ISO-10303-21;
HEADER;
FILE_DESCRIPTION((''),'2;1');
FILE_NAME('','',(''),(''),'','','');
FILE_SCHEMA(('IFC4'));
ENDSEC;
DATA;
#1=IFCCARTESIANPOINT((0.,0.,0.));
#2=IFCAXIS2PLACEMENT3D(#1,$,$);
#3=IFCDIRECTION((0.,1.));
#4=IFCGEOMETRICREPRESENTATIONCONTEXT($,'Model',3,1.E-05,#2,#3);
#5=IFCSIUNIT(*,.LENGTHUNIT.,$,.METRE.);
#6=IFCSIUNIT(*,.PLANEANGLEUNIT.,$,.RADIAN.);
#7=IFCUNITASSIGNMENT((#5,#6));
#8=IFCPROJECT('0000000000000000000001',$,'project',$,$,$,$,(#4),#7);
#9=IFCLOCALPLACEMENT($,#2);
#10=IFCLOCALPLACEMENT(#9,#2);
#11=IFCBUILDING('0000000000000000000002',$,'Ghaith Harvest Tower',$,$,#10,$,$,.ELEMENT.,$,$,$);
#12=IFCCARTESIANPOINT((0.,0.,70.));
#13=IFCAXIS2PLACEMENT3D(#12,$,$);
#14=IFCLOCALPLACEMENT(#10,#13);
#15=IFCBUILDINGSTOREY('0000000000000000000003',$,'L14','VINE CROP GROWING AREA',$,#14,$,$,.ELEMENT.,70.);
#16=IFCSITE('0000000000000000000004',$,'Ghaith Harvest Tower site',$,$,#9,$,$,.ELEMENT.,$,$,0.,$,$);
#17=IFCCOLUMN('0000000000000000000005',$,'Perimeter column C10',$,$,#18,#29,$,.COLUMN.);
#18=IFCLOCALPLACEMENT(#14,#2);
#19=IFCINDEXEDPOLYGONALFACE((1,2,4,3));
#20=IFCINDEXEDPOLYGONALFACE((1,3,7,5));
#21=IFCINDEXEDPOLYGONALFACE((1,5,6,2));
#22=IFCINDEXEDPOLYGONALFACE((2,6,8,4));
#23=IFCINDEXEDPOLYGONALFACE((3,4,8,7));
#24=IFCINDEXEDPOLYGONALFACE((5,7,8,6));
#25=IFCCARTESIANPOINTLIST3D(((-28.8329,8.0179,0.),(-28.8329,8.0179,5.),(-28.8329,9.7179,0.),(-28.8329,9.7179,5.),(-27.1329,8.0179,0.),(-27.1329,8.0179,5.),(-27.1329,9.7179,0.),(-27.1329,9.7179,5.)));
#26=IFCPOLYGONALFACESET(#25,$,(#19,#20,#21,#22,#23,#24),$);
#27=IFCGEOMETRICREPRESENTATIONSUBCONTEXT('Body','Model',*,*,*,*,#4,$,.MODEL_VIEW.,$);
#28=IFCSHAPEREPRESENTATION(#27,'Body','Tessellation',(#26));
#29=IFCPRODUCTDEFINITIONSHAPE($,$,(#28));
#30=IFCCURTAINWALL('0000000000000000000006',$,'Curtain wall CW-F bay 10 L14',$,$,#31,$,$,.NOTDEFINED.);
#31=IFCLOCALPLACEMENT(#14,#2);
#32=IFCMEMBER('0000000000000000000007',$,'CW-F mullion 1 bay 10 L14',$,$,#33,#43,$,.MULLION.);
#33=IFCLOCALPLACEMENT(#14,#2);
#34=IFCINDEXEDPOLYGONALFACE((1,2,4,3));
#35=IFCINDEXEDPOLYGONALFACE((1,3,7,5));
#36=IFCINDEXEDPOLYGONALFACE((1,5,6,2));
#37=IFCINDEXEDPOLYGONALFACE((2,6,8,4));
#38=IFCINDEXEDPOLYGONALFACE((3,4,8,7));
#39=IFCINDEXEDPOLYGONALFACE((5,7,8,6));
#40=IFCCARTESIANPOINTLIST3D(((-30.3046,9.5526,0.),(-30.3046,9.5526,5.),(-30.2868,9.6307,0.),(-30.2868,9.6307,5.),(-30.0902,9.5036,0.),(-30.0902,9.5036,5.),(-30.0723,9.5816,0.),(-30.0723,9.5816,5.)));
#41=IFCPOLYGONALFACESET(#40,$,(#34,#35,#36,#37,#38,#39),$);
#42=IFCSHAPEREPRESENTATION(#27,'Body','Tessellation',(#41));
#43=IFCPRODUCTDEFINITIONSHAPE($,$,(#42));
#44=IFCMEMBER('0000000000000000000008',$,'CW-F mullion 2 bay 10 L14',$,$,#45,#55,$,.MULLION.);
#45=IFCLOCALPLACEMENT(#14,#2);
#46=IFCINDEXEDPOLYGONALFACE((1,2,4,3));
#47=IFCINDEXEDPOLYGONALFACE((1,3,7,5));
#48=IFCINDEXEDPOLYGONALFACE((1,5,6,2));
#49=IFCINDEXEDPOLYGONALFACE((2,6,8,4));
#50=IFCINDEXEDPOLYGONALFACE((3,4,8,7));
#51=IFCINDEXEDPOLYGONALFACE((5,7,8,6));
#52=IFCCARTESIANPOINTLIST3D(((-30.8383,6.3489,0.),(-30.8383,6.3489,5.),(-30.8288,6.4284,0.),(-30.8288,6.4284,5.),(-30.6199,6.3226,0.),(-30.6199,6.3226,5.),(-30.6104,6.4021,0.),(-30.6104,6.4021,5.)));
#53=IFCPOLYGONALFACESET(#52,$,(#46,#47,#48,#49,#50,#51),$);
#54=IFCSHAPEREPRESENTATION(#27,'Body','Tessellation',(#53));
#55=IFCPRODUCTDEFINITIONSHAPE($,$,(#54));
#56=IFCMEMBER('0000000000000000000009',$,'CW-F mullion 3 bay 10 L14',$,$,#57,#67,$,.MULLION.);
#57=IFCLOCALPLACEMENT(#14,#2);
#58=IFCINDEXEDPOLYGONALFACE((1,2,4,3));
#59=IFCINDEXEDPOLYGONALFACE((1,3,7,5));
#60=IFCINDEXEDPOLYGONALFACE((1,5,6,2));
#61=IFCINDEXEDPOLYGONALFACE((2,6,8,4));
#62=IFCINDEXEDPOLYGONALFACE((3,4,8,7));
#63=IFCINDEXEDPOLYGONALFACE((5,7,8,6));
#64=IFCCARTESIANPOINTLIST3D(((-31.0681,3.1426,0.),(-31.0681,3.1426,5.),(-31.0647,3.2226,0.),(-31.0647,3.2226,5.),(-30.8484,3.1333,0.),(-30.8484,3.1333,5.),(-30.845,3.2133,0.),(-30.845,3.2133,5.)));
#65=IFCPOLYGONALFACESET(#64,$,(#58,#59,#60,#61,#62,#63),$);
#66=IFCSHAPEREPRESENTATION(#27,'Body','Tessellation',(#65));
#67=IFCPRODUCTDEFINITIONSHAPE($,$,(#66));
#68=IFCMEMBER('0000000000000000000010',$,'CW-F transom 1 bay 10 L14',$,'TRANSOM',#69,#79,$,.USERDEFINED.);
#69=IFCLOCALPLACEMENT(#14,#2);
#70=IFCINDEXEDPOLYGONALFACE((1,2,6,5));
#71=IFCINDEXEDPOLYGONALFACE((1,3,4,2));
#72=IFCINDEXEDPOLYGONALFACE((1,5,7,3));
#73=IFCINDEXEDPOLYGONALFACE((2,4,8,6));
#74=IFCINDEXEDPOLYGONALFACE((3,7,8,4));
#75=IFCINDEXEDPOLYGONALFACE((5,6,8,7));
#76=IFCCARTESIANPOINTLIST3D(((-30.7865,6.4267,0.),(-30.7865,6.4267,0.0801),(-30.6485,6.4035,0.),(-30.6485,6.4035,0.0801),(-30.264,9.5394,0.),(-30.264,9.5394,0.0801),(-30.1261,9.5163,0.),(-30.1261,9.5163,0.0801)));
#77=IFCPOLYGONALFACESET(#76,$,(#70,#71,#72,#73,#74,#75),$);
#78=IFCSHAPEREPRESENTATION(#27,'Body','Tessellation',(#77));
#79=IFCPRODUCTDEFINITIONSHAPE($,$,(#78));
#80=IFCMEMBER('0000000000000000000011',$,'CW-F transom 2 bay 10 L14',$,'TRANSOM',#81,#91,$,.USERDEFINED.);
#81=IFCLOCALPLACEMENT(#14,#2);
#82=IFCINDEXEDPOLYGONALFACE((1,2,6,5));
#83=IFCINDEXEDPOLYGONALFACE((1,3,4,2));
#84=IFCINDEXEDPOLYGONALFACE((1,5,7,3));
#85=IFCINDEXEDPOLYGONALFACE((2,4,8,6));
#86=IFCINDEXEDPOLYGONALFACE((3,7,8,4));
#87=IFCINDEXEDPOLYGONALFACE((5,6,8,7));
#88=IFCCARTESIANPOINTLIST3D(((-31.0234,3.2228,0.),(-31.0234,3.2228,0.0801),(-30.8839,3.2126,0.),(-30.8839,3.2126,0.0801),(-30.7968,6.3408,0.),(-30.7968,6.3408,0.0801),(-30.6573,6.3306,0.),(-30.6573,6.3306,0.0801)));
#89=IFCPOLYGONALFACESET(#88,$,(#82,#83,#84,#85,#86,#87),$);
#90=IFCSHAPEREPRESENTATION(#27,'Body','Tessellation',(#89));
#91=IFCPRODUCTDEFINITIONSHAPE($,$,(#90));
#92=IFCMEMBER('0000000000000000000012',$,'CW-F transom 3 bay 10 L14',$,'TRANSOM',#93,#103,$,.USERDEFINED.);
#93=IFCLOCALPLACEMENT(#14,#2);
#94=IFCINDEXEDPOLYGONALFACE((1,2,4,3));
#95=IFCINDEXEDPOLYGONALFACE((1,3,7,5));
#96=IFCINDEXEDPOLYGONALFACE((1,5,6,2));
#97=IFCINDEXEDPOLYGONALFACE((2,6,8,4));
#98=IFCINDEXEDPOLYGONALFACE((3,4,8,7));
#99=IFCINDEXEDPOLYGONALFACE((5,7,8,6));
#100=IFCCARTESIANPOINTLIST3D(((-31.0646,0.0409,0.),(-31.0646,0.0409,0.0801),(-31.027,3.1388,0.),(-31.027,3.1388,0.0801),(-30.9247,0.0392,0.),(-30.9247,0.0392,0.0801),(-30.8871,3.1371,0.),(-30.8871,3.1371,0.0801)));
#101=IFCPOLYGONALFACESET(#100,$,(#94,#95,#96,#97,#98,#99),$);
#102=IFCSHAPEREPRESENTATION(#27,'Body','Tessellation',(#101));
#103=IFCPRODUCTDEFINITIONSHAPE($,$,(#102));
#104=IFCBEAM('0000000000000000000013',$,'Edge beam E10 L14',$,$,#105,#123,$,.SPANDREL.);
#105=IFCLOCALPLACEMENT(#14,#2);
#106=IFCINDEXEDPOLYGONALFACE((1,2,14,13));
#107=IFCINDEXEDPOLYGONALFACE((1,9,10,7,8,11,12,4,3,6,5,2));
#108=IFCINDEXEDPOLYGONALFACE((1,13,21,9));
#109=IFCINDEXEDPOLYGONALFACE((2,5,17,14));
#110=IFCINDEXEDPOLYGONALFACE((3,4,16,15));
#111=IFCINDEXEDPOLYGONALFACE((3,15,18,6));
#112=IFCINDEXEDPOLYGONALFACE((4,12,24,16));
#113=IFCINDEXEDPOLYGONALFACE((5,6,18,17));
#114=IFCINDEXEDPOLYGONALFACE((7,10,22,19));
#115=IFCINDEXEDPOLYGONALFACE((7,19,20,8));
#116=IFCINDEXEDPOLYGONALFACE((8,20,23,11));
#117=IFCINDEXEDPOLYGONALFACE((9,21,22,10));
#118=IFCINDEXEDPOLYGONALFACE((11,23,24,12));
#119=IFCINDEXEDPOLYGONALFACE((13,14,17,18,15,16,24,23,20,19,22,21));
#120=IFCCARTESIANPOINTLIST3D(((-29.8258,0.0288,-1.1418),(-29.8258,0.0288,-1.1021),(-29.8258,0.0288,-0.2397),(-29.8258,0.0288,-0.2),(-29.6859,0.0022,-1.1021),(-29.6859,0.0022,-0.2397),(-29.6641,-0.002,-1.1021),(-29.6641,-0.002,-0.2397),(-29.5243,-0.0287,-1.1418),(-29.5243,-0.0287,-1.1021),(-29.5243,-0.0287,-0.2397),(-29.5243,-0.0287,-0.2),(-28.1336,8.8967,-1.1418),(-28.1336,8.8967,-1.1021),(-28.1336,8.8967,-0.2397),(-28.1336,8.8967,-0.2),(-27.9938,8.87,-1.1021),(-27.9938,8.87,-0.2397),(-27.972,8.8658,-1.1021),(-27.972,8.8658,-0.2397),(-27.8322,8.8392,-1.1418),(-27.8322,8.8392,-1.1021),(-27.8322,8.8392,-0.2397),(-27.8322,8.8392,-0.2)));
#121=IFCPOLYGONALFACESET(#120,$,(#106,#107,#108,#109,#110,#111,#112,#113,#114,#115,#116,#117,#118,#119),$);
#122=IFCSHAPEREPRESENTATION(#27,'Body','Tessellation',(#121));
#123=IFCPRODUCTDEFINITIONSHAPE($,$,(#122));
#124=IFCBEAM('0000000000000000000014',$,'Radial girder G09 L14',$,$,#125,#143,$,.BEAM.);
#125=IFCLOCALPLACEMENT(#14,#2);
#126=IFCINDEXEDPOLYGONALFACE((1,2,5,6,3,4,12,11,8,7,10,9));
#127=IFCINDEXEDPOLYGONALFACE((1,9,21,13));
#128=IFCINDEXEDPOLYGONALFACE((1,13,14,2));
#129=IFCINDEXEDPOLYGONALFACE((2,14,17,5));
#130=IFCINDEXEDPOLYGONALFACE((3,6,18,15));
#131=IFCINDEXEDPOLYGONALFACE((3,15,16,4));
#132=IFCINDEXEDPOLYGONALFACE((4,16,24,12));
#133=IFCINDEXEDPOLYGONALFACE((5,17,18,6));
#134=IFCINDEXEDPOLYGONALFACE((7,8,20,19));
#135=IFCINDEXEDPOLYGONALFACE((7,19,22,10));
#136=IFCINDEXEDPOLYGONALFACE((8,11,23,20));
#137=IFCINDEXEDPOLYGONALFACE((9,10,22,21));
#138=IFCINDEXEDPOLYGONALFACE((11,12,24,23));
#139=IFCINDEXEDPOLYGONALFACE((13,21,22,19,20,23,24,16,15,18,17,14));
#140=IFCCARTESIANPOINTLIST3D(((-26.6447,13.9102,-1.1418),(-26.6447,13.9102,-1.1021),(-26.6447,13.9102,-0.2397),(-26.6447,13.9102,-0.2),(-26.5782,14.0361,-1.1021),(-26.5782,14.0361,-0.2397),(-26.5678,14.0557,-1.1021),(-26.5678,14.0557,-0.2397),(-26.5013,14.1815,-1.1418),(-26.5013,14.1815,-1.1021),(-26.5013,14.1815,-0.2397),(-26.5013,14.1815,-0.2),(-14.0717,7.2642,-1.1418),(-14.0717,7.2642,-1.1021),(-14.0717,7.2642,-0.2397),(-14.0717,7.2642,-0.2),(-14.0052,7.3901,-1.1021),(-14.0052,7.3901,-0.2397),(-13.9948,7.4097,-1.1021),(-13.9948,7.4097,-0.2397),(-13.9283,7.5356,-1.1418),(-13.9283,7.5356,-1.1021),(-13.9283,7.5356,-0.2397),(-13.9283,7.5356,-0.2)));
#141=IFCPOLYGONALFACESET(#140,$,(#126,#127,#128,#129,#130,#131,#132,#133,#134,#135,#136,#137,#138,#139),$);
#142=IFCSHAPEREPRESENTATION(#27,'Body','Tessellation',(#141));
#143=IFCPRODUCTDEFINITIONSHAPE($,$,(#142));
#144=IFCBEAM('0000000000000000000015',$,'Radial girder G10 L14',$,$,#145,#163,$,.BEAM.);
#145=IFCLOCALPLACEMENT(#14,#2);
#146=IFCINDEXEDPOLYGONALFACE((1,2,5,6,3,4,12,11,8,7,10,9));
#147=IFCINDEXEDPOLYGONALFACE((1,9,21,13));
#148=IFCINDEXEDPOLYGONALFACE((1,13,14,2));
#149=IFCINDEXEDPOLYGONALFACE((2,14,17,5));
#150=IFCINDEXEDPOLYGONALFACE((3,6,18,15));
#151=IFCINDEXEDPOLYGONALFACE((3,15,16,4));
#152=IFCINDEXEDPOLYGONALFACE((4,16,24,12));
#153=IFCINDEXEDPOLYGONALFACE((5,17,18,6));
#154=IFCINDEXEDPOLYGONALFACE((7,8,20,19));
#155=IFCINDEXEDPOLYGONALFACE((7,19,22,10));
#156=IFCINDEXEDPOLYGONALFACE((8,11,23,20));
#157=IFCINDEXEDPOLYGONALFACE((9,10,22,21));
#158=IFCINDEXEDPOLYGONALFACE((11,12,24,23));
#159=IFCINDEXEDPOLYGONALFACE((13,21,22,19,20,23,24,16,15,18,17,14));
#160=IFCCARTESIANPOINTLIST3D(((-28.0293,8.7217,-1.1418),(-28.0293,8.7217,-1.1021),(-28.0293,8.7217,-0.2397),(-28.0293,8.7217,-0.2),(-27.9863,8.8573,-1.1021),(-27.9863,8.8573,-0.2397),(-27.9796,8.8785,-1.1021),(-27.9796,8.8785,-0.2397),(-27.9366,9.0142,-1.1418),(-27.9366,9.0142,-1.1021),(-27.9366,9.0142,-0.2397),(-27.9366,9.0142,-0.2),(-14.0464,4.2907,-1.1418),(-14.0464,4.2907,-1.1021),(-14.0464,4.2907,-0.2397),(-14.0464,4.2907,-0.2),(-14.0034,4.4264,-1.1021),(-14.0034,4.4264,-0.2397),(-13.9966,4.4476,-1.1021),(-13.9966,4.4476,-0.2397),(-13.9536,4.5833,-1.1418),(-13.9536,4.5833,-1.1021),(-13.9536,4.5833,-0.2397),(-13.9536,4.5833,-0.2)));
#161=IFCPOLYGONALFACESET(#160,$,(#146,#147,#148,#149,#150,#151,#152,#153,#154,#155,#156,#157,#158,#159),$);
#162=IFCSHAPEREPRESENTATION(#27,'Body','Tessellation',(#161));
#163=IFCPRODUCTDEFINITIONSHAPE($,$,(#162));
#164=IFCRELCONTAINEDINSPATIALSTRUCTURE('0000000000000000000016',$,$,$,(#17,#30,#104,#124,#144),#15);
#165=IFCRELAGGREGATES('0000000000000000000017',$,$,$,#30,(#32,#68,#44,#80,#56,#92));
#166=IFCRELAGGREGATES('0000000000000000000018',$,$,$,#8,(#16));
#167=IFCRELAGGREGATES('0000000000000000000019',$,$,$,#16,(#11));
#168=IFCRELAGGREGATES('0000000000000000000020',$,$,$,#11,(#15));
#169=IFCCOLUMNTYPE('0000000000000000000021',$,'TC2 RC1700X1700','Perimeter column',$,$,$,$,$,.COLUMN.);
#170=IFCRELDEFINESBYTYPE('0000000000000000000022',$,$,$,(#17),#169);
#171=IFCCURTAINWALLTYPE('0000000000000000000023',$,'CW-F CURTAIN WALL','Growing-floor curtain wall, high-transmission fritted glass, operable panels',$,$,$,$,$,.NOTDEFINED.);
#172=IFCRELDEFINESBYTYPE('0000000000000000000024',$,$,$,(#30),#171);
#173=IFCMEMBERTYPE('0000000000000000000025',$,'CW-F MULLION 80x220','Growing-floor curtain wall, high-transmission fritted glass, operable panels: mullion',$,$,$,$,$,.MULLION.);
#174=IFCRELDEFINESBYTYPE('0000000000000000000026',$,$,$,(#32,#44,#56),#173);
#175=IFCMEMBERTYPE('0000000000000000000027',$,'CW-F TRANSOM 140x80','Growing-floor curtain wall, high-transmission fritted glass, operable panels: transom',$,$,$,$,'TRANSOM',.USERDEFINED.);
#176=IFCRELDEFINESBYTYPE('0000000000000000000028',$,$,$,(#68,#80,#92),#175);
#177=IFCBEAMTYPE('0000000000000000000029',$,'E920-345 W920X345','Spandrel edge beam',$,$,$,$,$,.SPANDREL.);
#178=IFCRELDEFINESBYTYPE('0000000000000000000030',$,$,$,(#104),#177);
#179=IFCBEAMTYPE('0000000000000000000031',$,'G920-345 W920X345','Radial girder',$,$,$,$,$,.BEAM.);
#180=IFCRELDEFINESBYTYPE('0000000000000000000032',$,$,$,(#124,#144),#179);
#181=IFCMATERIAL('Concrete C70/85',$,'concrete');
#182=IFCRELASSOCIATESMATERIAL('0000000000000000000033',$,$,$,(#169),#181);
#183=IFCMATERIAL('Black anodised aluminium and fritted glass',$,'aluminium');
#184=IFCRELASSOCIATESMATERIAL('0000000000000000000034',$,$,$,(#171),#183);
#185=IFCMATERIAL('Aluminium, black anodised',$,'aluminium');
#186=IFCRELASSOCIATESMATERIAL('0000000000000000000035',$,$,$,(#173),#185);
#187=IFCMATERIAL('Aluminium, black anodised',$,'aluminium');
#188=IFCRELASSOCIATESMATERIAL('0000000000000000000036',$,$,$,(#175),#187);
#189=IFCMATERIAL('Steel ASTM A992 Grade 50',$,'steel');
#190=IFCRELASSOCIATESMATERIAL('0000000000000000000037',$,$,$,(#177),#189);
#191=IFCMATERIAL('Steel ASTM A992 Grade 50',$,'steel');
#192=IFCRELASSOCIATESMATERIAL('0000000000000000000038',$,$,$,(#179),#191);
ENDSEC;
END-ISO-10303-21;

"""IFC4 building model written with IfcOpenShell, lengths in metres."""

from ifc_helpers import new_model, si_unit, direction, frame, origin, origin_2d, place, context, subcontext, project, spatial, rectangle, i_section, extrude, material, material_profile, profile_set, type_object, element, aggregate, save


model = new_model("IFC4")

# Units and contexts
model_context = context("Model", 3, precision=1e-05, world=origin(), true_north=direction((0.0, 1.0)))
body_context = subcontext(model_context, "Body", "Model", "MODEL_VIEW")
ifc_project = project(units=[si_unit("LENGTHUNIT", "METRE"), si_unit("PLANEANGLEUNIT", "RADIAN")], contexts=[model_context])

# Site, building, storey
site_placement = place(None, origin())
site = spatial("IfcSite", under=ifc_project, at=site_placement, Name="Ghaith Harvest Tower site", CompositionType="ELEMENT", RefElevation=0.0)
building_placement = place(site_placement, origin())
building = spatial("IfcBuilding", under=site, at=building_placement, Name="Ghaith Harvest Tower", CompositionType="ELEMENT")
storey_placement = place(building_placement, frame((0.0, 0.0, 70.0)))
storey = spatial("IfcBuildingStorey", under=building, at=storey_placement, Name="L14", Description="VINE CROP GROWING AREA", CompositionType="ELEMENT", Elevation=70.0)

# Column
ifc_material_1 = material(Name="Concrete C70/85", Category="concrete")
ifc_material_profile_1 = material_profile(ifc_material_1, rectangle(XDim=1.7, YDim=1.7, at=origin_2d()), Name="RC1700X1700")
ifc_profile_set_1 = profile_set([ifc_material_profile_1], Name="Concrete C70/85")
column_type = type_object("IfcColumnType", Name="TC2 RC1700X1700", Description="Perimeter column", PredefinedType="COLUMN", material=ifc_profile_set_1)
column_placement = place(storey_placement, frame((-27.9829, 8.8679, 0.0), z_axis=(0.0, 0.0, 1.0), x_axis=(1.0, 0.0, 0.0)))
element("IfcColumn", 1, at=column_placement, inside=storey, type_object=column_type, Name="Perimeter column C10", PredefinedType="COLUMN", context=body_context, shape_type="SweptSolid", body=[
    extrude(rectangle(XDim=1.7, YDim=1.7, at=origin_2d()), origin(), (0.0, 0.0, 1.0), 5.0),
])

# Curtain wall, members
ifc_material_2 = material(Name="Black anodised aluminium and fritted glass", Category="aluminium")
curtain_wall_type = type_object("IfcCurtainWallType", Name="CW-F CURTAIN WALL", Description="Growing-floor curtain wall, high-transmission fritted glass, operable panels", PredefinedType="NOTDEFINED", material=ifc_material_2)
curtain_wall_1_placement = place(storey_placement, origin())
curtain_wall_1 = element("IfcCurtainWall", 2, at=curtain_wall_1_placement, inside=storey, type_object=curtain_wall_type, Name="Curtain wall CW-F bay 10 L14", PredefinedType="NOTDEFINED")
ifc_material_3 = material(Name="Aluminium, black anodised", Category="aluminium")
ifc_material_profile_2 = material_profile(ifc_material_3, rectangle(XDim=0.0801, YDim=0.22, at=origin_2d()), Name="CW-F MULLION 80x220")
ifc_profile_set_2 = profile_set([ifc_material_profile_2], Name="Aluminium, black anodised")
member_type_1 = type_object("IfcMemberType", Name="CW-F MULLION 80x220", Description="Growing-floor curtain wall, high-transmission fritted glass, operable panels: mullion", PredefinedType="MULLION", material=ifc_profile_set_2)
member_1_placement = place(storey_placement, frame((-30.1885, 9.5671, 0.0), z_axis=(0.0, 0.0, 1.0), x_axis=(-0.222967, -0.974826, 0.0)))
member_1 = element("IfcMember", 3, at=member_1_placement, type_object=member_type_1, Name="CW-F mullion 1 bay 10 L14", PredefinedType="MULLION", context=body_context, shape_type="SweptSolid", body=[
    extrude(rectangle(XDim=0.0801, YDim=0.22, at=origin_2d()), origin(), (0.0, 0.0, 1.0), 5.0),
])
member_2_placement = place(storey_placement, frame((-30.7244, 6.3755, 0.0), z_axis=(0.0, 0.0, 1.0), x_axis=(-0.119353, -0.992852, 0.0)))
member_2 = element("IfcMember", 4, at=member_2_placement, type_object=member_type_1, Name="CW-F mullion 2 bay 10 L14", PredefinedType="MULLION", context=body_context, shape_type="SweptSolid", body=[
    extrude(rectangle(XDim=0.0801, YDim=0.22, at=origin_2d()), origin(), (0.0, 0.0, 1.0), 5.0),
])
member_3_placement = place(storey_placement, frame((-30.9565, 3.178, 0.0), z_axis=(0.0, 0.0, 1.0), x_axis=(-0.042427, -0.9991, 0.0)))
member_3 = element("IfcMember", 5, at=member_3_placement, type_object=member_type_1, Name="CW-F mullion 3 bay 10 L14", PredefinedType="MULLION", context=body_context, shape_type="SweptSolid", body=[
    extrude(rectangle(XDim=0.0801, YDim=0.22, at=origin_2d()), origin(), (0.0, 0.0, 1.0), 5.0),
])
ifc_material_4 = material(Name="Aluminium, black anodised", Category="aluminium")
ifc_material_profile_3 = material_profile(ifc_material_4, rectangle(XDim=0.1399, YDim=0.0801, at=origin_2d()), Name="CW-F TRANSOM 140x80")
ifc_profile_set_3 = profile_set([ifc_material_profile_3], Name="Aluminium, black anodised")
member_type_2 = type_object("IfcMemberType", Name="CW-F TRANSOM 140x80", Description="Growing-floor curtain wall, high-transmission fritted glass, operable panels: transom", ElementType="TRANSOM", PredefinedType="USERDEFINED", material=ifc_profile_set_3)
member_4_placement = place(storey_placement, frame((-30.1951, 9.5278, 0.04), z_axis=(-0.165528, -0.986205, 0.0), x_axis=(0.986205, -0.165528, 0.0)))
member_4 = element("IfcMember", 6, at=member_4_placement, type_object=member_type_2, Name="CW-F transom 1 bay 10 L14", ObjectType="TRANSOM", PredefinedType="USERDEFINED", context=body_context, shape_type="SweptSolid", body=[
    extrude(rectangle(XDim=0.1399, YDim=0.0801, at=origin_2d()), origin(), (0.0, 0.0, 1.0), 3.1562),
])
member_5_placement = place(storey_placement, frame((-30.7271, 6.3357, 0.04), z_axis=(-0.072474, -0.99737, 0.0), x_axis=(0.99737, -0.072474, 0.0)))
member_5 = element("IfcMember", 7, at=member_5_placement, type_object=member_type_2, Name="CW-F transom 2 bay 10 L14", ObjectType="TRANSOM", PredefinedType="USERDEFINED", context=body_context, shape_type="SweptSolid", body=[
    extrude(rectangle(XDim=0.1399, YDim=0.0801, at=origin_2d()), origin(), (0.0, 0.0, 1.0), 3.1262),
])
member_6_placement = place(storey_placement, frame((-30.957, 3.1379, 0.04), z_axis=(-0.012136, -0.999926, 0.0), x_axis=(0.999926, -0.012136, 0.0)))
member_6 = element("IfcMember", 8, at=member_6_placement, type_object=member_type_2, Name="CW-F transom 3 bay 10 L14", ObjectType="TRANSOM", PredefinedType="USERDEFINED", context=body_context, shape_type="SweptSolid", body=[
    extrude(rectangle(XDim=0.1399, YDim=0.0801, at=origin_2d()), origin(), (0.0, 0.0, 1.0), 3.0981),
])

# Beams
ifc_material_5 = material(Name="Steel ASTM A992 Grade 50", Category="steel")
ifc_material_profile_4 = material_profile(ifc_material_5, i_section(OverallWidth=0.3069, OverallDepth=0.9419, WebThickness=0.0222, FlangeThickness=0.0398, at=origin_2d()), Name="W920X345")
ifc_profile_set_4 = profile_set([ifc_material_profile_4], Name="Steel ASTM A992 Grade 50")
beam_type_1 = type_object("IfcBeamType", Name="E920-345 W920X345", Description="Spandrel edge beam", PredefinedType="SPANDREL", material=ifc_profile_set_4)
beam_1_placement = place(storey_placement, frame((-27.9829, 8.8679, -0.6709), z_axis=(-0.187434, -0.982277, 0.0), x_axis=(0.982277, -0.187434, 0.0)))
element("IfcBeam", 9, at=beam_1_placement, inside=storey, type_object=beam_type_1, Name="Edge beam E10 L14", PredefinedType="SPANDREL", context=body_context, shape_type="SweptSolid", body=[
    extrude(i_section(OverallWidth=0.3069, OverallDepth=0.9419, WebThickness=0.0222, FlangeThickness=0.0398, at=origin_2d()), origin(), (0.0, 0.0, 1.0), 9.0278),
])
ifc_material_6 = material(Name="Steel ASTM A992 Grade 50", Category="steel")
ifc_material_profile_5 = material_profile(ifc_material_6, i_section(OverallWidth=0.3069, OverallDepth=0.9419, WebThickness=0.0222, FlangeThickness=0.0398, at=origin_2d()), Name="W920X345")
ifc_profile_set_5 = profile_set([ifc_material_profile_5], Name="Steel ASTM A992 Grade 50")
beam_type_2 = type_object("IfcBeamType", Name="G920-345 W920X345", Description="Radial girder", PredefinedType="BEAM", material=ifc_profile_set_5)
beam_2_placement = place(storey_placement, frame((-14.0, 7.3999, -0.6709), z_axis=(-0.884087, 0.467322, 0.0), x_axis=(-0.467322, -0.884087, 0.0)))
element("IfcBeam", 10, at=beam_2_placement, inside=storey, type_object=beam_type_2, Name="Radial girder G09 L14", PredefinedType="BEAM", context=body_context, shape_type="SweptSolid", body=[
    extrude(i_section(OverallWidth=0.3069, OverallDepth=0.9419, WebThickness=0.0222, FlangeThickness=0.0398, at=origin_2d()), origin(), (0.0, 0.0, 1.0), 14.2214),
])
beam_3_placement = place(storey_placement, frame((-14.0, 4.437, -0.6709), z_axis=(-0.953284, 0.302077, 0.0), x_axis=(-0.302077, -0.953284, 0.0)))
element("IfcBeam", 11, at=beam_3_placement, inside=storey, type_object=beam_type_2, Name="Radial girder G10 L14", PredefinedType="BEAM", context=body_context, shape_type="SweptSolid", body=[
    extrude(i_section(OverallWidth=0.3069, OverallDepth=0.9419, WebThickness=0.0222, FlangeThickness=0.0398, at=origin_2d()), origin(), (0.0, 0.0, 1.0), 14.6682),
])

aggregate(curtain_wall_1, [member_1, member_4, member_2, member_5, member_3, member_6])

save(model, "model.ifc")
